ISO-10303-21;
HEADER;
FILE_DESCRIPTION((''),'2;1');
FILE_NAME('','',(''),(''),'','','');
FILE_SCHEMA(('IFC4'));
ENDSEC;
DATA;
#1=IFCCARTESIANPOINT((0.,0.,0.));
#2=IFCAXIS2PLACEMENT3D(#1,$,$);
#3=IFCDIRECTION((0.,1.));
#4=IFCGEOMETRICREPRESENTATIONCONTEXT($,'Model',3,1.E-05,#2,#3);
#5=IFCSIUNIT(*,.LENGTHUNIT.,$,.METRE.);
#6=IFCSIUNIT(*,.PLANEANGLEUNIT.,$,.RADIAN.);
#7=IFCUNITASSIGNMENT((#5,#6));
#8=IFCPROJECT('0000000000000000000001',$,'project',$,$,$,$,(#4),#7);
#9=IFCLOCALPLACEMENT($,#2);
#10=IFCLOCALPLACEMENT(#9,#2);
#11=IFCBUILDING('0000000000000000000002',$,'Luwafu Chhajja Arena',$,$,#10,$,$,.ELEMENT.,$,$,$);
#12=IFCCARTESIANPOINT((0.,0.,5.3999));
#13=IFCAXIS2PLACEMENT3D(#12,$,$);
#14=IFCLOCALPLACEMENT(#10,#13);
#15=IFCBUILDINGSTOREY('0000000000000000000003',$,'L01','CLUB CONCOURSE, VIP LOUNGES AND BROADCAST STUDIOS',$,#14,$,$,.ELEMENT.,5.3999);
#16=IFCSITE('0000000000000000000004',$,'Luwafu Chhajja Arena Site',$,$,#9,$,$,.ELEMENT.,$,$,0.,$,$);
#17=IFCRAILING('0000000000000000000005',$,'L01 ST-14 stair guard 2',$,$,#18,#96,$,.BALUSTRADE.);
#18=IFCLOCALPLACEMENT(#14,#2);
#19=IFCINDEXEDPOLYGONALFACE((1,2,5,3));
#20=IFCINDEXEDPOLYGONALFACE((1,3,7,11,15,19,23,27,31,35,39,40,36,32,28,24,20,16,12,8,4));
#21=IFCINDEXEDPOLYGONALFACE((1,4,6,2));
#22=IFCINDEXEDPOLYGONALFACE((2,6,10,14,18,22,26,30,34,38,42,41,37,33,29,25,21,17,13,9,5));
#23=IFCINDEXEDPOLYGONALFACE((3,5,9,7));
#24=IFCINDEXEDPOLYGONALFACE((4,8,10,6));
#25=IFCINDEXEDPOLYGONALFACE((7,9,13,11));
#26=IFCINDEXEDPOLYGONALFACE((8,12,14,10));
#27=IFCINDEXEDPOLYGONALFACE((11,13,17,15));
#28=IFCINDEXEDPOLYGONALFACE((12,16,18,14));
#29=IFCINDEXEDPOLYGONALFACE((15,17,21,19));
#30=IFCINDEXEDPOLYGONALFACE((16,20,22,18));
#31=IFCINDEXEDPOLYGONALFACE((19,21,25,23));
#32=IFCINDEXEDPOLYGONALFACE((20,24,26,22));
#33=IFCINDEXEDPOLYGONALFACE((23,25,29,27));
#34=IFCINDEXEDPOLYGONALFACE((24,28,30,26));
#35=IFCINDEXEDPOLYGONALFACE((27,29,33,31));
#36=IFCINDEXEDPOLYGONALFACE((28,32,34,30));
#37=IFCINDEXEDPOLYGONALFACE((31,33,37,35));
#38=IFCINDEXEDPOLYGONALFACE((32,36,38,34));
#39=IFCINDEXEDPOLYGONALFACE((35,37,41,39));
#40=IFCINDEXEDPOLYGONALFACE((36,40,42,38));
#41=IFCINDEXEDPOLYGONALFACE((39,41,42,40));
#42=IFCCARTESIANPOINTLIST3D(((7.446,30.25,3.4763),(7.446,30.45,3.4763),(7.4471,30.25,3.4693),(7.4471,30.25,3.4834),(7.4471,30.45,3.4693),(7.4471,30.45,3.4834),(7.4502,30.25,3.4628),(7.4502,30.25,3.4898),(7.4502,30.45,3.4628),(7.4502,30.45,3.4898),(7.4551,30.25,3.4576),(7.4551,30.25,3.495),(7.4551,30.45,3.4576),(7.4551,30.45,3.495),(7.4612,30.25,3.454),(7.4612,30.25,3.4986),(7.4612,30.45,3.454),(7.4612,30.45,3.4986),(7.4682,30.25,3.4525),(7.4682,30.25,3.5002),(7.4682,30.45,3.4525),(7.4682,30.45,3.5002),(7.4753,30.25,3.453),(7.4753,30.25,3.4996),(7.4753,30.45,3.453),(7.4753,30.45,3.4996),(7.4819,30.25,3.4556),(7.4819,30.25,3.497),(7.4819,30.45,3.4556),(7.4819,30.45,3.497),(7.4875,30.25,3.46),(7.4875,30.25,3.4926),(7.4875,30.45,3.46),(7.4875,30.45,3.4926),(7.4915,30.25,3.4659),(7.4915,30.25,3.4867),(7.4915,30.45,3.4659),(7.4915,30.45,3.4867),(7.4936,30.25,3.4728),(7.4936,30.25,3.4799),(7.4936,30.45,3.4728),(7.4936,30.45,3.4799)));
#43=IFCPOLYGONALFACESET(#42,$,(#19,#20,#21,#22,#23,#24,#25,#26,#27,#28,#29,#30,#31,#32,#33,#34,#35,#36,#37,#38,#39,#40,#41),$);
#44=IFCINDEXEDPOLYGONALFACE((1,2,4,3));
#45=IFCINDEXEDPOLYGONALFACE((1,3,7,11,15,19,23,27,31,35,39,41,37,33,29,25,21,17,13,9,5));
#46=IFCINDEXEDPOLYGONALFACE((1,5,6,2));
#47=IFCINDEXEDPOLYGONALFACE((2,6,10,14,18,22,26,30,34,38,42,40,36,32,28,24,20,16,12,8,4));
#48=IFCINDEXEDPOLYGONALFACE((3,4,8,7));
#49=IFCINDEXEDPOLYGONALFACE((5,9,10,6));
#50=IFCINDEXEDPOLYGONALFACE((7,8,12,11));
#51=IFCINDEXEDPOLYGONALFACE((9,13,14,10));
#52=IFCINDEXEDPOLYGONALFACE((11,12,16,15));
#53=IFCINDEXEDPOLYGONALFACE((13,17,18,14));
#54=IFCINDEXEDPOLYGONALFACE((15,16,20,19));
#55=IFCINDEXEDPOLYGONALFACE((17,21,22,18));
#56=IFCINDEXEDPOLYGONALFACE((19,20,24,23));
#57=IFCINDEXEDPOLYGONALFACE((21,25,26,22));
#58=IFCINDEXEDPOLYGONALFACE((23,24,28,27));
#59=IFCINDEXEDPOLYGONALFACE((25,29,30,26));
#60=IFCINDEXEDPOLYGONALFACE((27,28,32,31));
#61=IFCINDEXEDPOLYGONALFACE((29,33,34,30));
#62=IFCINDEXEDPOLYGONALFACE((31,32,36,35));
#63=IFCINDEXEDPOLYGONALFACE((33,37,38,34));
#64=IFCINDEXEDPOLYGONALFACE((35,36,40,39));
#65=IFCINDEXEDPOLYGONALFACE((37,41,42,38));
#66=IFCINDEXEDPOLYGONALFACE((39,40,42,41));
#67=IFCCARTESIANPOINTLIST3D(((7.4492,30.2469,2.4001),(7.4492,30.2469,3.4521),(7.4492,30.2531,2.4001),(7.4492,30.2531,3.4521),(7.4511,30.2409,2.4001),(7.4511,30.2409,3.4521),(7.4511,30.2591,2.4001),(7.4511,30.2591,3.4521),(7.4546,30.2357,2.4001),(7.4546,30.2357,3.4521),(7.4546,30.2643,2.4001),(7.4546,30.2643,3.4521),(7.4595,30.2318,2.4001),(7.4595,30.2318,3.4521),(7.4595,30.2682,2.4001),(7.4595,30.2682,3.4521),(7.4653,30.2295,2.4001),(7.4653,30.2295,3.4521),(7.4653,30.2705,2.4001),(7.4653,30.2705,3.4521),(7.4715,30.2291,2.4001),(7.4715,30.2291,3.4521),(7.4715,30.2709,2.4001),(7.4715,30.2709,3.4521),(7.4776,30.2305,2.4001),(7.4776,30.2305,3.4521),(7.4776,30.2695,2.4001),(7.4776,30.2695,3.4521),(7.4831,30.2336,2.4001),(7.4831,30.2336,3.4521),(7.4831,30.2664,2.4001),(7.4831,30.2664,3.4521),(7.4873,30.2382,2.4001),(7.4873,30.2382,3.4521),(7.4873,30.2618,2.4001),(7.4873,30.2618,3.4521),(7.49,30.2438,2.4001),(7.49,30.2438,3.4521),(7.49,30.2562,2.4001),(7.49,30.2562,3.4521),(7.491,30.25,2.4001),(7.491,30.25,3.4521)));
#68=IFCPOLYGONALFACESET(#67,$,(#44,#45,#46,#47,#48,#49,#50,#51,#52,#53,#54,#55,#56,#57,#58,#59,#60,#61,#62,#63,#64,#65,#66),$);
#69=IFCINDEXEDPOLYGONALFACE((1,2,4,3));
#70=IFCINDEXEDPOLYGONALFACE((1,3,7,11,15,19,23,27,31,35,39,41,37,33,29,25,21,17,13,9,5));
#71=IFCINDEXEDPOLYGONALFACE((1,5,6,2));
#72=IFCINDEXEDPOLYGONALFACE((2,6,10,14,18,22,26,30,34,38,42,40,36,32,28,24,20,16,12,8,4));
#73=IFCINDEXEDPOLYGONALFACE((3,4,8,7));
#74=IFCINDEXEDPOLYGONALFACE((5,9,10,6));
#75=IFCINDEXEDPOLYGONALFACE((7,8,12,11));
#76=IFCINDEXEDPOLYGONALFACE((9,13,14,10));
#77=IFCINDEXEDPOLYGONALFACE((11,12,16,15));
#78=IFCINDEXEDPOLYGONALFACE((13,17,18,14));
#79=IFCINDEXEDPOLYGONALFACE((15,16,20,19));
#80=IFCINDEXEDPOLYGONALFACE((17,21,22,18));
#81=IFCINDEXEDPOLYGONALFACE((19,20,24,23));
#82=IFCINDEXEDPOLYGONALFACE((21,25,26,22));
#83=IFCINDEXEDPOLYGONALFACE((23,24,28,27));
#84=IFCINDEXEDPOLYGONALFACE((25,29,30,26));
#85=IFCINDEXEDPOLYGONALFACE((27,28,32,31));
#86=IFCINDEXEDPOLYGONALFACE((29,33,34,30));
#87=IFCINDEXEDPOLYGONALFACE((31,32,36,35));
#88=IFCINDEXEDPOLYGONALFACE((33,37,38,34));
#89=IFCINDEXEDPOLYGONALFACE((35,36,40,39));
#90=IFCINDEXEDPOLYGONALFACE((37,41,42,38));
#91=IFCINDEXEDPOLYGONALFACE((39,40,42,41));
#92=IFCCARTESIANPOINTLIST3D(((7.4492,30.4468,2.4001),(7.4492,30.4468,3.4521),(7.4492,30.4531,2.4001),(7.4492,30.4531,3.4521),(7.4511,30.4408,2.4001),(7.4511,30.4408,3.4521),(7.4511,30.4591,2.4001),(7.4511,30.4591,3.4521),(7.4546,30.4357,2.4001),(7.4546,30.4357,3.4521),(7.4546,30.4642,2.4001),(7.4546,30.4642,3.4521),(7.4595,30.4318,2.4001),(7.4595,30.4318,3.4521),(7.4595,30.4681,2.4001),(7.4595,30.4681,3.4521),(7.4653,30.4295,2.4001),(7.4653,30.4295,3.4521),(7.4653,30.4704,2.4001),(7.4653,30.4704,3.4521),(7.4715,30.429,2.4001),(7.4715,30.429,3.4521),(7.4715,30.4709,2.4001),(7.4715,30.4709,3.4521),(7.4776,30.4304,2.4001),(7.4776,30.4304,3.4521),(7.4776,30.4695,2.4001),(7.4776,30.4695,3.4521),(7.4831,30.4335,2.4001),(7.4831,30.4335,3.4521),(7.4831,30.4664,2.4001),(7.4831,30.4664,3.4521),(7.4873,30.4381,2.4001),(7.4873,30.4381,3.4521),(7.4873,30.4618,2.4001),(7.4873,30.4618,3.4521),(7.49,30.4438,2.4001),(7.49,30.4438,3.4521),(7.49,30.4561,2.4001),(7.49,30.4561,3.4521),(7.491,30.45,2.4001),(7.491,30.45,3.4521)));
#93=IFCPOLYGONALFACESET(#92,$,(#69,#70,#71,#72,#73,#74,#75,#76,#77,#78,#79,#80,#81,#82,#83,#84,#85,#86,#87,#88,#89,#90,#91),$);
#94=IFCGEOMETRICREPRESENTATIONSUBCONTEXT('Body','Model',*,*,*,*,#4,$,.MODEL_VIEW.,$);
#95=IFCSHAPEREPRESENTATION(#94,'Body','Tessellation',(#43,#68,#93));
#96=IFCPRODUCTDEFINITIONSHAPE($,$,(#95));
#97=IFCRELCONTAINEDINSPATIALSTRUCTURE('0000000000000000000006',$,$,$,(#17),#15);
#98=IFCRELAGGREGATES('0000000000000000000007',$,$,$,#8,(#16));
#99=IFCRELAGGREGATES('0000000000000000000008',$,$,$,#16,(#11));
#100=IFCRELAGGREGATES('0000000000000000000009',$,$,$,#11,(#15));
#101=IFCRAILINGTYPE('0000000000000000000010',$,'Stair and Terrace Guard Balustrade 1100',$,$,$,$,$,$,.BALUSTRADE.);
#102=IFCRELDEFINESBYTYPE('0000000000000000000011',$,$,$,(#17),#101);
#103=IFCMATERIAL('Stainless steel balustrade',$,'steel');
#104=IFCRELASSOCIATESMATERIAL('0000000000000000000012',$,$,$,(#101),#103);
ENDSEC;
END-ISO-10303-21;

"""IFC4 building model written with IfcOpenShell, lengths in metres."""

from ifc_helpers import new_model, si_unit, direction, frame, origin, origin_2d, place, context, subcontext, project, spatial, circle, extrude, material, type_object, element, save


model = new_model("IFC4")

# Units and contexts
model_context = context("Model", 3, precision=1e-05, world=origin(), true_north=direction((0.0, 1.0)))
body_context = subcontext(model_context, "Body", "Model", "MODEL_VIEW")
ifc_project = project(units=[si_unit("LENGTHUNIT", "METRE"), si_unit("PLANEANGLEUNIT", "RADIAN")], contexts=[model_context])

# Site, building, storey
site_placement = place(None, origin())
site = spatial("IfcSite", under=ifc_project, at=site_placement, Name="Luwafu Chhajja Arena Site", CompositionType="ELEMENT", RefElevation=0.0)
building_placement = place(site_placement, origin())
building = spatial("IfcBuilding", under=site, at=building_placement, Name="Luwafu Chhajja Arena", CompositionType="ELEMENT")
storey_placement = place(building_placement, frame((0.0, 0.0, 5.3999)))
storey = spatial("IfcBuildingStorey", under=building, at=storey_placement, Name="L01", Description="CLUB CONCOURSE, VIP LOUNGES AND BROADCAST STUDIOS", CompositionType="ELEMENT", Elevation=5.3999)

# Railing
ifc_material_1 = material(Name="Stainless steel balustrade", Category="steel")
railing_type_1 = type_object("IfcRailingType", Name="Stair and Terrace Guard Balustrade 1100", PredefinedType="BALUSTRADE", material=ifc_material_1)
railing_1_placement = place(storey_placement, frame((7.47, 30.25, 2.4001)))
element("IfcRailing", 1, at=railing_1_placement, inside=storey, type_object=railing_type_1, Name="L01 ST-14 stair guard 2", PredefinedType="BALUSTRADE", context=body_context, shape_type="SweptSolid", body=[
    extrude(circle(Radius=0.0239, at=origin_2d()), frame((0.0, 0.0, 1.0762), z_axis=(0.0, 1.0, 0.0), x_axis=(-1.0, 0.0, 0.0)), (0.0, 0.0, 1.0), 0.2),
    extrude(circle(Radius=0.021, at=origin_2d()), origin(), (0.0, 0.0, 1.0), 1.052),
    extrude(circle(Radius=0.021, at=origin_2d()), frame((0.0, 0.2, 0.0)), (0.0, 0.0, 1.0), 1.052),
])

save(model, "model.ifc")
